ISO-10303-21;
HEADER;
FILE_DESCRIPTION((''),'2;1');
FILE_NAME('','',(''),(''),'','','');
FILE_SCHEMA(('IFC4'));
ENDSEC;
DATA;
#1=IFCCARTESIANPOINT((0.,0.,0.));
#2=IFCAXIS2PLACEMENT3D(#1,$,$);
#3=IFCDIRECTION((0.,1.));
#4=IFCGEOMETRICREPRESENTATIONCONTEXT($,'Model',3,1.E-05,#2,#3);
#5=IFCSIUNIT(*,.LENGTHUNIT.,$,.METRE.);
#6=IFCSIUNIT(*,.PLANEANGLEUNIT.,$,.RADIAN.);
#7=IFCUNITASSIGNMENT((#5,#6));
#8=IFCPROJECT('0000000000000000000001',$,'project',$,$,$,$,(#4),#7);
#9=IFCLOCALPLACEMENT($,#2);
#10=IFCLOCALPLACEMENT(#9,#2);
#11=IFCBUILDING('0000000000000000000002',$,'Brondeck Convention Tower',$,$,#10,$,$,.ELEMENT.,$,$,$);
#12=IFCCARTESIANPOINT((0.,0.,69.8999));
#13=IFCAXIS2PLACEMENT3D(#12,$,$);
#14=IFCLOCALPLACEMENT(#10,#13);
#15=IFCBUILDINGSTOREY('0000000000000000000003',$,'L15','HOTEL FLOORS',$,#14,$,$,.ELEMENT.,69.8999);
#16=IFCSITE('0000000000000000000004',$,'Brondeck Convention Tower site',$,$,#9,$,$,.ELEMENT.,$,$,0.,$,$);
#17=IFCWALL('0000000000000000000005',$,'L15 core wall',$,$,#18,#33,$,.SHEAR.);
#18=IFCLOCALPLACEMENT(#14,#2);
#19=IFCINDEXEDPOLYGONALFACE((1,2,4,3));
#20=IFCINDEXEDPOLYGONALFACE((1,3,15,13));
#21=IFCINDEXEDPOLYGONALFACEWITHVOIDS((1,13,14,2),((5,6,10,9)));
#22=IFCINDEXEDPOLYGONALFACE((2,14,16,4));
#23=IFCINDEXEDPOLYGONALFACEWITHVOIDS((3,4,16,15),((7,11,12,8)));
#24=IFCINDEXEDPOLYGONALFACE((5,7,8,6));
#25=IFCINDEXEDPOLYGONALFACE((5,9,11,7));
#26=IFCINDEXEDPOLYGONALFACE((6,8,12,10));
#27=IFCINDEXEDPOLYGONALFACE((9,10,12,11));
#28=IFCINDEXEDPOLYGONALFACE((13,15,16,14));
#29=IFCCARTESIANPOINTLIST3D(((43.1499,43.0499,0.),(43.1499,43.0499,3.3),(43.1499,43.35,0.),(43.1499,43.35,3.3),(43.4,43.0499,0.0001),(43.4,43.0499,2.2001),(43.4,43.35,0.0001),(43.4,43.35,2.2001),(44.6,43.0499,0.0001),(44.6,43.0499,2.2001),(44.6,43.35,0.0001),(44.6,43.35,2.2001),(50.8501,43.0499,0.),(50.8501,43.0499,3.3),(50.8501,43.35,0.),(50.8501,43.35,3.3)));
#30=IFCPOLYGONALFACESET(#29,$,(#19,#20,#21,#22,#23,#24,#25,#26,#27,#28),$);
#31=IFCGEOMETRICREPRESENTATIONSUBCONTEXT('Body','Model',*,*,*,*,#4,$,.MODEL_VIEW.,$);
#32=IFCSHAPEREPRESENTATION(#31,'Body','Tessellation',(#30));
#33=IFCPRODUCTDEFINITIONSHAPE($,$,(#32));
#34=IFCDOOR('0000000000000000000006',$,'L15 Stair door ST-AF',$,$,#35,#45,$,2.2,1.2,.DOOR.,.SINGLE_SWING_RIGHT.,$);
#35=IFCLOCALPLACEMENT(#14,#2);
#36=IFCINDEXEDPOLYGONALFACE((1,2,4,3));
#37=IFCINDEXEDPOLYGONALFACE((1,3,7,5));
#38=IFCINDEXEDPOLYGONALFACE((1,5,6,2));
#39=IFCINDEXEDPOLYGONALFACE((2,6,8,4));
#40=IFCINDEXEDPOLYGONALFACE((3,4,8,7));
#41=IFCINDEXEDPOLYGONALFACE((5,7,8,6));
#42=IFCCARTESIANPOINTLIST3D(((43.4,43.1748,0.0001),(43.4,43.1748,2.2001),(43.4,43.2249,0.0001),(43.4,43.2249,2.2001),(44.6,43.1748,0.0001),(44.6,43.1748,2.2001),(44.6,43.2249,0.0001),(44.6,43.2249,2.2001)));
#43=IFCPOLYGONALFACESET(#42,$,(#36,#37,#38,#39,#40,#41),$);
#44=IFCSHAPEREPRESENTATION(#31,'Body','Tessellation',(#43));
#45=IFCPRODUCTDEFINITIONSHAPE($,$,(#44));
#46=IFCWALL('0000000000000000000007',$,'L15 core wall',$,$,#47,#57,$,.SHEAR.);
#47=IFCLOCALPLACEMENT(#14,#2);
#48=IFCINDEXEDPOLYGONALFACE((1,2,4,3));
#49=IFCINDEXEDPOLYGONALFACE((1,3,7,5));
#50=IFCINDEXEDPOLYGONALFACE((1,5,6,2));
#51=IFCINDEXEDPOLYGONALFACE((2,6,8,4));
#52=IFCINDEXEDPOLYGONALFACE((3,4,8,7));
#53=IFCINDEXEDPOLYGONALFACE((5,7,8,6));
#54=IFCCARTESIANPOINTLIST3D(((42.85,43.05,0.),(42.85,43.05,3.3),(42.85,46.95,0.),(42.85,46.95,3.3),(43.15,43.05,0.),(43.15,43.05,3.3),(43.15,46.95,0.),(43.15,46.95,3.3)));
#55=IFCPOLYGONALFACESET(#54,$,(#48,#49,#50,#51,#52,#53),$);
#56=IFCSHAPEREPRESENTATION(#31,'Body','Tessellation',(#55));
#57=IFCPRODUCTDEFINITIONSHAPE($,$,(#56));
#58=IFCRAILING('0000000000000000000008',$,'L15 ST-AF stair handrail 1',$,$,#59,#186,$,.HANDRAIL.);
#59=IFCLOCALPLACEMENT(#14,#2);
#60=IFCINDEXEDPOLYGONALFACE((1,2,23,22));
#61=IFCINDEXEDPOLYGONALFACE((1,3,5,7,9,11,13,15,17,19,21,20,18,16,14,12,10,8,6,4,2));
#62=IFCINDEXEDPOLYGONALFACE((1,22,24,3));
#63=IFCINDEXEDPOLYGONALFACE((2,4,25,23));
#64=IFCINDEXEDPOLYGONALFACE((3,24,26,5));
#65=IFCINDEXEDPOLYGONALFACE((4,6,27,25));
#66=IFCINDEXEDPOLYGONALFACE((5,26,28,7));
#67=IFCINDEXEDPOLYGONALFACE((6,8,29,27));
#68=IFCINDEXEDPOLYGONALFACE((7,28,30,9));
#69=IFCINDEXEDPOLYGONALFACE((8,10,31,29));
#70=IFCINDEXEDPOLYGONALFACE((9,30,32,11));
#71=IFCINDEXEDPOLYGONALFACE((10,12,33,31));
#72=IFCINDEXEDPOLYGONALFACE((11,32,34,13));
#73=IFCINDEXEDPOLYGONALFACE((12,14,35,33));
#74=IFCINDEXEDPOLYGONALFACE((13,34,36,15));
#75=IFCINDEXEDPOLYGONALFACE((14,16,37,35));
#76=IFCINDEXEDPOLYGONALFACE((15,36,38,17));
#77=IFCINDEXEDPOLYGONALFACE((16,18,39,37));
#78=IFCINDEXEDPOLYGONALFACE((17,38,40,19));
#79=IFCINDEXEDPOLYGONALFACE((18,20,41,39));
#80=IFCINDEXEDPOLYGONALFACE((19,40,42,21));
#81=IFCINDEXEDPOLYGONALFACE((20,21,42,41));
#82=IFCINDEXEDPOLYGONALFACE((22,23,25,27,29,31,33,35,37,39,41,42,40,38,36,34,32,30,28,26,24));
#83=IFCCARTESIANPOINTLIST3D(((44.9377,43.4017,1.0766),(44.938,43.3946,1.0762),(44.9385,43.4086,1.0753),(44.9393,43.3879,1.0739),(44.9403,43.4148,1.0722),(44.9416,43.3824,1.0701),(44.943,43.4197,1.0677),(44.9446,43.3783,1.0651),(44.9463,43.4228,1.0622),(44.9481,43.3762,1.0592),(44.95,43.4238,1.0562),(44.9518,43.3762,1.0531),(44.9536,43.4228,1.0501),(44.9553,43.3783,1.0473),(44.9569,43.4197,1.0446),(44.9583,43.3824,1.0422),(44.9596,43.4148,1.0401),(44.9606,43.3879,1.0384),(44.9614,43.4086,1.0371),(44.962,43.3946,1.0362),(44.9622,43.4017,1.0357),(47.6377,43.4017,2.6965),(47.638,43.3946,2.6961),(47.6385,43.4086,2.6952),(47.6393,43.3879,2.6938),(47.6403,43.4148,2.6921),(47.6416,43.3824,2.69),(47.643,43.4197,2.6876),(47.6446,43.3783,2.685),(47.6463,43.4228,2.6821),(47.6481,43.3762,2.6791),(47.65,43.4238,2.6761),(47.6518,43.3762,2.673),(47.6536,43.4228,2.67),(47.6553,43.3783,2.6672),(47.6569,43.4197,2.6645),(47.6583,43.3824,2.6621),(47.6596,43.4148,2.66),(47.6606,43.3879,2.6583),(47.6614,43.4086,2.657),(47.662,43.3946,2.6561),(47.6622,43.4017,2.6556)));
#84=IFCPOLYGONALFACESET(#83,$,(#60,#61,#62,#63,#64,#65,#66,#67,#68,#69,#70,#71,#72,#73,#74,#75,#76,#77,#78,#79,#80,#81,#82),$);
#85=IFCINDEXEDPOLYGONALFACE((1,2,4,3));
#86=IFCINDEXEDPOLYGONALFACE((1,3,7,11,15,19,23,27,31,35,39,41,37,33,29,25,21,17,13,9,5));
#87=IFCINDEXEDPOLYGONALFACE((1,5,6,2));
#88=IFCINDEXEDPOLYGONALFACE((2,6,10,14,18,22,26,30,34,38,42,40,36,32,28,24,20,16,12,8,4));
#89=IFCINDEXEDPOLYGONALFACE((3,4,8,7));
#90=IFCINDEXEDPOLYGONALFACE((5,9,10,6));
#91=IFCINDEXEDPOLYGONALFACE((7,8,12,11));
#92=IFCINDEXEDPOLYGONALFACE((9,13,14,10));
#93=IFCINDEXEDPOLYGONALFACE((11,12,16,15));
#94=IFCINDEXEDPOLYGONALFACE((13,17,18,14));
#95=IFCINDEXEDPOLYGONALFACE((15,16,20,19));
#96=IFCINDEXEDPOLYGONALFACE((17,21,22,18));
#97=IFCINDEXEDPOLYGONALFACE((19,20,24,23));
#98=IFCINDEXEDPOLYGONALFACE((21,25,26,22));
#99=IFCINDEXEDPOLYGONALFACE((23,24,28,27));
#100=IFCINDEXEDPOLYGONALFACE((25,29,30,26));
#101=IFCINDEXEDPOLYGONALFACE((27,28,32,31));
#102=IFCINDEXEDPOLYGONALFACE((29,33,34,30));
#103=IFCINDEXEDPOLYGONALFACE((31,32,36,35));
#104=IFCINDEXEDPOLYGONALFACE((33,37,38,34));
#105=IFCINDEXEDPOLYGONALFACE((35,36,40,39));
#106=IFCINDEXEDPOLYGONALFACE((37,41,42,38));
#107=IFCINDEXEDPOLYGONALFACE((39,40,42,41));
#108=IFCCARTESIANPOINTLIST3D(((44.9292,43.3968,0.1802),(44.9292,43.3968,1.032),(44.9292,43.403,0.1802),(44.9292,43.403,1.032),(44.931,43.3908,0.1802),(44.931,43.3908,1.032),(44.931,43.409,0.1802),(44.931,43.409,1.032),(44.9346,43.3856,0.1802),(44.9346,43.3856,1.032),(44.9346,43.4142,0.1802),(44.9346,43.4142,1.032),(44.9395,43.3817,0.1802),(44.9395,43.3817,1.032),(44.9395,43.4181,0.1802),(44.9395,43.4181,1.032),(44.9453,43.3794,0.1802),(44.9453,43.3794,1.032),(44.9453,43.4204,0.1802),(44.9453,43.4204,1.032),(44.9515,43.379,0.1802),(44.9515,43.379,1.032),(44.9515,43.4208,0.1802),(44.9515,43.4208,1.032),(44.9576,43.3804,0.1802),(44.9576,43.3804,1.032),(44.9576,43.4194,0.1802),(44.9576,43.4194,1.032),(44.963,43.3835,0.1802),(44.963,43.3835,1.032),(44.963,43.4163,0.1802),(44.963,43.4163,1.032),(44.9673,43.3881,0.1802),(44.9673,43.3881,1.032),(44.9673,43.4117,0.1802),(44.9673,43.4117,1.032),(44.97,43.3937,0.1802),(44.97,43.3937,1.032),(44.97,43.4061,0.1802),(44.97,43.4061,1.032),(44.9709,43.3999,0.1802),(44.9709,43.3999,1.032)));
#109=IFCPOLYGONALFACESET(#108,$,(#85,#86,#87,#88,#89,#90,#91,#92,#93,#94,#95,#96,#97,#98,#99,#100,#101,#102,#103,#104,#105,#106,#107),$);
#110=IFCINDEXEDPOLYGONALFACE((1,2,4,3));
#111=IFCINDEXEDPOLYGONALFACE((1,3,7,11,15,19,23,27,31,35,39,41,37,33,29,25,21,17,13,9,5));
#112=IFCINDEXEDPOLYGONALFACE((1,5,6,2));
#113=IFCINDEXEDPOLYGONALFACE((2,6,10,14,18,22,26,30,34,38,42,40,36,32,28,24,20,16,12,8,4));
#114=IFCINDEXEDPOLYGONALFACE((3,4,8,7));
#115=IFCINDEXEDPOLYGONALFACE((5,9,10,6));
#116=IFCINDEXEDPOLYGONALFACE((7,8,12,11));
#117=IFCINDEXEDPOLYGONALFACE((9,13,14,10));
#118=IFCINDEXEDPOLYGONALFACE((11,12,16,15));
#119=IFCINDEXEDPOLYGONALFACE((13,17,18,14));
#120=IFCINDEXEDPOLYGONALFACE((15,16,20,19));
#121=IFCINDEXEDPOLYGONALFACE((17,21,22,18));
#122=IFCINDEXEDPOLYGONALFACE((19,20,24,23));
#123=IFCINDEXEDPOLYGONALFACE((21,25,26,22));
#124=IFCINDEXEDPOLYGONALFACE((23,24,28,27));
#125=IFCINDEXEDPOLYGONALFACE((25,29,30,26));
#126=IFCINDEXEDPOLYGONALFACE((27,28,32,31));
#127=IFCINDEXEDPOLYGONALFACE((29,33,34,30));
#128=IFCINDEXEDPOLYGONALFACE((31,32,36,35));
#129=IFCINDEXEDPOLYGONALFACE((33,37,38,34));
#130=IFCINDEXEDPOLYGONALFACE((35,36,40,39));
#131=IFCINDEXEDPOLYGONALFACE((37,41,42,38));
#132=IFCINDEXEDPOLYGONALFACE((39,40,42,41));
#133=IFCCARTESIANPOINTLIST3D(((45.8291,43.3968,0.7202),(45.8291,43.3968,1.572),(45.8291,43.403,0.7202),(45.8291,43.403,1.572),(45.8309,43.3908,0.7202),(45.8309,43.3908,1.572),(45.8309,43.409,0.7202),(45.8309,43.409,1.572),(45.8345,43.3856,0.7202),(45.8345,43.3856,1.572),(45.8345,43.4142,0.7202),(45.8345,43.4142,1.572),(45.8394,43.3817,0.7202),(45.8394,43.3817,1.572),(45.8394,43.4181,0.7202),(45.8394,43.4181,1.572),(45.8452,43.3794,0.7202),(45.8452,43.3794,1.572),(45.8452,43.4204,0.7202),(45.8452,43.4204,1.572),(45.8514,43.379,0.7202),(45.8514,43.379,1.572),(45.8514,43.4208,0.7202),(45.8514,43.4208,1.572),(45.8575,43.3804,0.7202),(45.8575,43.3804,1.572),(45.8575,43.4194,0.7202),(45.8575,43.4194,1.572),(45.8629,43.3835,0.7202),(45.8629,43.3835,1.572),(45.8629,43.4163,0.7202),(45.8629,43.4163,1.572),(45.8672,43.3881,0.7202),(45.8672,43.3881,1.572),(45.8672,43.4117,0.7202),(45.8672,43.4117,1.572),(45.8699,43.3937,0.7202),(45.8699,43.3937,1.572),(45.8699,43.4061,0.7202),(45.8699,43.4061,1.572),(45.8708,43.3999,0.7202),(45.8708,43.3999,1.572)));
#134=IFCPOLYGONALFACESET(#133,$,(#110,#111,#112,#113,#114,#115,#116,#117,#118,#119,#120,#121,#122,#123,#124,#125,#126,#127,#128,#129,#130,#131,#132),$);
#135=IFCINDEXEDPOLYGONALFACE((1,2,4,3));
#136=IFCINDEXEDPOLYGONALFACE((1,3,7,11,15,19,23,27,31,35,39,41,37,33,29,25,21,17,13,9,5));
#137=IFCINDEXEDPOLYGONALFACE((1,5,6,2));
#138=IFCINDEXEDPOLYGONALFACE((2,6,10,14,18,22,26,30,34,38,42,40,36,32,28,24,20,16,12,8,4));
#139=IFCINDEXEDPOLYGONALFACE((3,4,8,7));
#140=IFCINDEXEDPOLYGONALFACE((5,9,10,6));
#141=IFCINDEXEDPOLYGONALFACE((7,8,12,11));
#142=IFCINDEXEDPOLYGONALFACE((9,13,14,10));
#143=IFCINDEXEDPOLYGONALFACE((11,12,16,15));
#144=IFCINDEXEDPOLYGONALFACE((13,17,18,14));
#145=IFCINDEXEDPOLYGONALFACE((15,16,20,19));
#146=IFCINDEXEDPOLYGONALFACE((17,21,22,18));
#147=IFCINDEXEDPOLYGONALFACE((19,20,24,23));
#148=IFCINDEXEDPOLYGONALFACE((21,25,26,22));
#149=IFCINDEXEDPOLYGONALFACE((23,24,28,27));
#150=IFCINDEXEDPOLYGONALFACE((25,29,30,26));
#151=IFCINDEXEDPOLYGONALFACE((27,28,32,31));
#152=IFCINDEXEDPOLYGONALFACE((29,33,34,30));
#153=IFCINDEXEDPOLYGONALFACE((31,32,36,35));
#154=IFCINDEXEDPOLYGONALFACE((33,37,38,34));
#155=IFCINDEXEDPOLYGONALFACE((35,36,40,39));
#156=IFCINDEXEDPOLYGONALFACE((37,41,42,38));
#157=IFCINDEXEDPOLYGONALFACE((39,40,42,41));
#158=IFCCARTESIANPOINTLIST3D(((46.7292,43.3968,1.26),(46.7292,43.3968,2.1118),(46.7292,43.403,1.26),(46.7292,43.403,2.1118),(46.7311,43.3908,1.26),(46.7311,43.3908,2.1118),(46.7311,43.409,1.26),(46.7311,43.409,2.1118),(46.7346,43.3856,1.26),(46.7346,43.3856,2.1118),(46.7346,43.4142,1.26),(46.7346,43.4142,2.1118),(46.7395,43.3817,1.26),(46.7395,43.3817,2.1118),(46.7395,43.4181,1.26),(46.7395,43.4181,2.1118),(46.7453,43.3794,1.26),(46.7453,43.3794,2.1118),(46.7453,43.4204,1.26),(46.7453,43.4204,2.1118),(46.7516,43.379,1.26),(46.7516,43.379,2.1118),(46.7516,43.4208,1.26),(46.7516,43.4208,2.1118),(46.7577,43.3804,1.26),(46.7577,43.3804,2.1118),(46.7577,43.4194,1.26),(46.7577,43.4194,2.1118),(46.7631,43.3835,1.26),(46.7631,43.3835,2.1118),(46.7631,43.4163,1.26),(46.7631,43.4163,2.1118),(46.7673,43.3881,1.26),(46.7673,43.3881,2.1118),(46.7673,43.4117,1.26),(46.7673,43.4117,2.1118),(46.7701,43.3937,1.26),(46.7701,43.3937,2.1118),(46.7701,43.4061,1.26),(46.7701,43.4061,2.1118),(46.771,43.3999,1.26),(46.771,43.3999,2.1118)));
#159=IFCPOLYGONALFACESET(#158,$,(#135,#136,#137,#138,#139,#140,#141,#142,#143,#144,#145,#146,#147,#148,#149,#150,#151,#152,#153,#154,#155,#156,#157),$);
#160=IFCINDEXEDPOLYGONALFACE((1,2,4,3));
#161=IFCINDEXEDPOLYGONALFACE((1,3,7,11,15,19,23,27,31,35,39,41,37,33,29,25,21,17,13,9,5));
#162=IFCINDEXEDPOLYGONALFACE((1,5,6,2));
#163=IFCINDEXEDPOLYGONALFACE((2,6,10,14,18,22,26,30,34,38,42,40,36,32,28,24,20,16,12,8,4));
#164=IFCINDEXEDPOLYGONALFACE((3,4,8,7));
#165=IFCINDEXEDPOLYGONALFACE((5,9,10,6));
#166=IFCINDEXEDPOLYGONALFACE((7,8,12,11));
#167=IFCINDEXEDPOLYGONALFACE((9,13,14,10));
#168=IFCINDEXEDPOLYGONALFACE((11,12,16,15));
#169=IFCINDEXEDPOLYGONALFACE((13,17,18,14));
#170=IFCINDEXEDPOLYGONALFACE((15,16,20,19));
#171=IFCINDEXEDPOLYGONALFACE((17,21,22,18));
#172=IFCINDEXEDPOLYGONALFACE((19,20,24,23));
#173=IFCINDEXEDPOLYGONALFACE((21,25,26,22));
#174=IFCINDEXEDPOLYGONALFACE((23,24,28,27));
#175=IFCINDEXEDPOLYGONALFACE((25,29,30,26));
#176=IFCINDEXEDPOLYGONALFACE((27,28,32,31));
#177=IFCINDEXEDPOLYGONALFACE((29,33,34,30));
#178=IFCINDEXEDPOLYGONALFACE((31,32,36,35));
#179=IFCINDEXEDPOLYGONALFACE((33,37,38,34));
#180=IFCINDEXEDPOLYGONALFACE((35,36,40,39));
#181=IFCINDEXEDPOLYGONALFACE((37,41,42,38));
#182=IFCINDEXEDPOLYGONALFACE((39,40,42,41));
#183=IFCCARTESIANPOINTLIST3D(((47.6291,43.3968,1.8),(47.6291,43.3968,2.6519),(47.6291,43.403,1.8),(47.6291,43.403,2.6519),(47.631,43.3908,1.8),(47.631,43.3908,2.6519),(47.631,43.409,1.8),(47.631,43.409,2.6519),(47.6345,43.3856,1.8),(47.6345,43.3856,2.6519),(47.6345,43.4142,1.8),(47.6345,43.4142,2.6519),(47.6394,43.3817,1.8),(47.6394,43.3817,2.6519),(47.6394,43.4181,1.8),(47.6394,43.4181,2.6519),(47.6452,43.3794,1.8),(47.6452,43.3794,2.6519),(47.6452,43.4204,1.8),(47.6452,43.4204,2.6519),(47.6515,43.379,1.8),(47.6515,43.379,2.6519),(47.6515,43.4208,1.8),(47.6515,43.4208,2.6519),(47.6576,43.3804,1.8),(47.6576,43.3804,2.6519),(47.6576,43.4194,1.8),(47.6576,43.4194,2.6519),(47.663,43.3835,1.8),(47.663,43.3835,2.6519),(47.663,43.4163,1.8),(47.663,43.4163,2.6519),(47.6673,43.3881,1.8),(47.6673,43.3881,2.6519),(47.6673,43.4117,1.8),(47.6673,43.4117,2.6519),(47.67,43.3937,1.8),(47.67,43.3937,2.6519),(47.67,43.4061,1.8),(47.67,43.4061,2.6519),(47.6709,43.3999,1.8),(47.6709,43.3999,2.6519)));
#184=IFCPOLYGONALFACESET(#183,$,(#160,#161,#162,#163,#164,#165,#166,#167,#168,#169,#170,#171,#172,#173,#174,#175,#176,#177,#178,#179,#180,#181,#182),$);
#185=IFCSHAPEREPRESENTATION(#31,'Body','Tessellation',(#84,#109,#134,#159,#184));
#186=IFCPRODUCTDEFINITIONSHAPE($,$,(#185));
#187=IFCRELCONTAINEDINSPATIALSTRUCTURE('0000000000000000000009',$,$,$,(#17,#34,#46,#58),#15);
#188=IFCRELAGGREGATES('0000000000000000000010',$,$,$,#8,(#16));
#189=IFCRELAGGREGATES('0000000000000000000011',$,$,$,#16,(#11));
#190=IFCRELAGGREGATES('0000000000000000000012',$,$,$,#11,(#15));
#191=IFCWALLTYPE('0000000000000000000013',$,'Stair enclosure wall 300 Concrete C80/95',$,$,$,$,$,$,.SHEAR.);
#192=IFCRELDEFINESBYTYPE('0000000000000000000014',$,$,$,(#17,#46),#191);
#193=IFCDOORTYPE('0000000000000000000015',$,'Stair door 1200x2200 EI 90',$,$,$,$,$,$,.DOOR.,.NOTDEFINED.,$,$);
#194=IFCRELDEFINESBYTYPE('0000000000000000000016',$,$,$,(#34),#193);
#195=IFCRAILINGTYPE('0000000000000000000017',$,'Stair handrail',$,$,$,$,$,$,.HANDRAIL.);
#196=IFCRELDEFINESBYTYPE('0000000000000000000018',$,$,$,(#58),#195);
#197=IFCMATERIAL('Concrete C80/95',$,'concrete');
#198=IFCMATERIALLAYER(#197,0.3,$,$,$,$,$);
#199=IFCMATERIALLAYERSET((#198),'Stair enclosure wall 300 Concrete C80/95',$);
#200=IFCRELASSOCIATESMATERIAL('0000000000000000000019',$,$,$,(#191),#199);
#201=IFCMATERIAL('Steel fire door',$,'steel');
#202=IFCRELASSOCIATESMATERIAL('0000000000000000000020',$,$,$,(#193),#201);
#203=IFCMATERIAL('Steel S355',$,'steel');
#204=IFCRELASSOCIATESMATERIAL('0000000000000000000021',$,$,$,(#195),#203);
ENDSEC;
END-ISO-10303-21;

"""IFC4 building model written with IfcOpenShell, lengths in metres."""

from ifc_helpers import new_model, si_unit, direction, frame, frame_2d, origin, origin_2d, place, context, subcontext, project, spatial, rectangle, circle, extrude, material, layer, layer_set, type_object, element, fill, save


model = new_model("IFC4")

# Units and contexts
model_context = context("Model", 3, precision=1e-05, world=origin(), true_north=direction((0.0, 1.0)))
body_context = subcontext(model_context, "Body", "Model", "MODEL_VIEW")
ifc_project = project(units=[si_unit("LENGTHUNIT", "METRE"), si_unit("PLANEANGLEUNIT", "RADIAN")], contexts=[model_context])

# Site, building, storey
site_placement = place(None, origin())
site = spatial("IfcSite", under=ifc_project, at=site_placement, Name="Brondeck Convention Tower site", CompositionType="ELEMENT", RefElevation=0.0)
building_placement = place(site_placement, origin())
building = spatial("IfcBuilding", under=site, at=building_placement, Name="Brondeck Convention Tower", CompositionType="ELEMENT")
storey_placement = place(building_placement, frame((0.0, 0.0, 69.8999)))
storey = spatial("IfcBuildingStorey", under=building, at=storey_placement, Name="L15", Description="HOTEL FLOORS", CompositionType="ELEMENT", Elevation=69.8999)

# Shared definitions
ifc_material_1 = material(Name="Concrete C80/95", Category="concrete")

# Shared definitions
ifc_material_2 = material(Name="Steel S355", Category="steel")

# Wall, opening, door
ifc_layer_1 = layer(ifc_material_1, 0.3)
ifc_layer_set_1 = layer_set([ifc_layer_1], Name="Stair enclosure wall 300 Concrete C80/95")
wall_type_1 = type_object("IfcWallType", Name="Stair enclosure wall 300 Concrete C80/95", PredefinedType="SHEAR", material=ifc_layer_set_1)
wall_1_placement = place(storey_placement, frame((43.1499, 43.2, 0.0), z_axis=(0.0, 0.0, 1.0), x_axis=(1.0, 0.0, 0.0)))
wall_1 = element("IfcWall", 1, at=wall_1_placement, inside=storey, type_object=wall_type_1, Name="L15 core wall", PredefinedType="SHEAR", context=body_context, shape_type="SweptSolid", body=[
    extrude(rectangle(XDim=7.7002, YDim=0.3, at=frame_2d((3.8501, 0.0))), origin(), (0.0, 0.0, 1.0), 3.3),
])
opening_1_placement = place(wall_1_placement, frame((0.25, 0.0, 0.0)))
opening_1 = element("IfcOpeningElement", 2, at=opening_1_placement, cuts=wall_1, PredefinedType="OPENING", context=body_context, shape_type="SweptSolid", body=[
    extrude(rectangle(XDim=1.2, YDim=2.2, at=frame_2d((0.6001, 1.1001))), frame((0.0, 0.1599, 0.0), z_axis=(0.0, -1.0, 0.0), x_axis=(1.0, 0.0, 0.0)), (0.0, 0.0, 1.0), 0.3201),
])
ifc_material_3 = material(Name="Steel fire door", Category="steel")
door_type_1 = type_object("IfcDoorType", Name="Stair door 1200x2200 EI 90", OperationType="NOTDEFINED", PredefinedType="DOOR", material=ifc_material_3)
door_1_placement = place(opening_1_placement, origin())
door_1 = element("IfcDoor", 3, at=door_1_placement, inside=storey, type_object=door_type_1, Name="L15 Stair door ST-AF", OperationType="SINGLE_SWING_RIGHT", OverallHeight=2.2, OverallWidth=1.2, PredefinedType="DOOR", context=body_context, shape_type="SweptSolid", body=[
    extrude(rectangle(XDim=1.2, YDim=2.2, at=frame_2d((0.6001, 1.1001))), frame((0.0, 0.0249, 0.0), z_axis=(0.0, -1.0, 0.0), x_axis=(1.0, 0.0, 0.0)), (0.0, 0.0, 1.0), 0.05),
])
fill(opening_1, door_1)

# Wall
wall_2_placement = place(storey_placement, frame((43.0, 43.05, 0.0), z_axis=(0.0, 0.0, 1.0), x_axis=(0.0, 1.0, 0.0)))
element("IfcWall", 4, at=wall_2_placement, inside=storey, type_object=wall_type_1, Name="L15 core wall", PredefinedType="SHEAR", context=body_context, shape_type="SweptSolid", body=[
    extrude(rectangle(XDim=3.8999, YDim=0.3, at=frame_2d((1.95, 0.0))), origin(), (0.0, 0.0, 1.0), 3.3),
])

# Railing
railing_type = type_object("IfcRailingType", Name="Stair handrail", PredefinedType="HANDRAIL", material=ifc_material_2)
railing_placement = place(storey_placement, frame((44.95, 43.3999, 0.1802)))
element("IfcRailing", 5, at=railing_placement, inside=storey, type_object=railing_type, Name="L15 ST-AF stair handrail 1", PredefinedType="HANDRAIL", context=body_context, shape_type="SweptSolid", body=[
    extrude(circle(Radius=0.0239, at=origin_2d()), frame((0.0, 0.0, 0.876), z_axis=(0.857507, 0.0, 0.514473), x_axis=(0.0, 1.0, 0.0)), (0.0, 0.0, 1.0), 3.1487),
    extrude(circle(Radius=0.021, at=origin_2d()), origin(), (0.0, 0.0, 1.0), 0.8518),
    extrude(circle(Radius=0.021, at=origin_2d()), frame((0.8999, 0.0, 0.54)), (0.0, 0.0, 1.0), 0.8518),
    extrude(circle(Radius=0.021, at=origin_2d()), frame((1.8, 0.0, 1.0798)), (0.0, 0.0, 1.0), 0.8518),
    extrude(circle(Radius=0.021, at=origin_2d()), frame((2.7, 0.0, 1.6199)), (0.0, 0.0, 1.0), 0.8518),
])

save(model, "model.ifc")
